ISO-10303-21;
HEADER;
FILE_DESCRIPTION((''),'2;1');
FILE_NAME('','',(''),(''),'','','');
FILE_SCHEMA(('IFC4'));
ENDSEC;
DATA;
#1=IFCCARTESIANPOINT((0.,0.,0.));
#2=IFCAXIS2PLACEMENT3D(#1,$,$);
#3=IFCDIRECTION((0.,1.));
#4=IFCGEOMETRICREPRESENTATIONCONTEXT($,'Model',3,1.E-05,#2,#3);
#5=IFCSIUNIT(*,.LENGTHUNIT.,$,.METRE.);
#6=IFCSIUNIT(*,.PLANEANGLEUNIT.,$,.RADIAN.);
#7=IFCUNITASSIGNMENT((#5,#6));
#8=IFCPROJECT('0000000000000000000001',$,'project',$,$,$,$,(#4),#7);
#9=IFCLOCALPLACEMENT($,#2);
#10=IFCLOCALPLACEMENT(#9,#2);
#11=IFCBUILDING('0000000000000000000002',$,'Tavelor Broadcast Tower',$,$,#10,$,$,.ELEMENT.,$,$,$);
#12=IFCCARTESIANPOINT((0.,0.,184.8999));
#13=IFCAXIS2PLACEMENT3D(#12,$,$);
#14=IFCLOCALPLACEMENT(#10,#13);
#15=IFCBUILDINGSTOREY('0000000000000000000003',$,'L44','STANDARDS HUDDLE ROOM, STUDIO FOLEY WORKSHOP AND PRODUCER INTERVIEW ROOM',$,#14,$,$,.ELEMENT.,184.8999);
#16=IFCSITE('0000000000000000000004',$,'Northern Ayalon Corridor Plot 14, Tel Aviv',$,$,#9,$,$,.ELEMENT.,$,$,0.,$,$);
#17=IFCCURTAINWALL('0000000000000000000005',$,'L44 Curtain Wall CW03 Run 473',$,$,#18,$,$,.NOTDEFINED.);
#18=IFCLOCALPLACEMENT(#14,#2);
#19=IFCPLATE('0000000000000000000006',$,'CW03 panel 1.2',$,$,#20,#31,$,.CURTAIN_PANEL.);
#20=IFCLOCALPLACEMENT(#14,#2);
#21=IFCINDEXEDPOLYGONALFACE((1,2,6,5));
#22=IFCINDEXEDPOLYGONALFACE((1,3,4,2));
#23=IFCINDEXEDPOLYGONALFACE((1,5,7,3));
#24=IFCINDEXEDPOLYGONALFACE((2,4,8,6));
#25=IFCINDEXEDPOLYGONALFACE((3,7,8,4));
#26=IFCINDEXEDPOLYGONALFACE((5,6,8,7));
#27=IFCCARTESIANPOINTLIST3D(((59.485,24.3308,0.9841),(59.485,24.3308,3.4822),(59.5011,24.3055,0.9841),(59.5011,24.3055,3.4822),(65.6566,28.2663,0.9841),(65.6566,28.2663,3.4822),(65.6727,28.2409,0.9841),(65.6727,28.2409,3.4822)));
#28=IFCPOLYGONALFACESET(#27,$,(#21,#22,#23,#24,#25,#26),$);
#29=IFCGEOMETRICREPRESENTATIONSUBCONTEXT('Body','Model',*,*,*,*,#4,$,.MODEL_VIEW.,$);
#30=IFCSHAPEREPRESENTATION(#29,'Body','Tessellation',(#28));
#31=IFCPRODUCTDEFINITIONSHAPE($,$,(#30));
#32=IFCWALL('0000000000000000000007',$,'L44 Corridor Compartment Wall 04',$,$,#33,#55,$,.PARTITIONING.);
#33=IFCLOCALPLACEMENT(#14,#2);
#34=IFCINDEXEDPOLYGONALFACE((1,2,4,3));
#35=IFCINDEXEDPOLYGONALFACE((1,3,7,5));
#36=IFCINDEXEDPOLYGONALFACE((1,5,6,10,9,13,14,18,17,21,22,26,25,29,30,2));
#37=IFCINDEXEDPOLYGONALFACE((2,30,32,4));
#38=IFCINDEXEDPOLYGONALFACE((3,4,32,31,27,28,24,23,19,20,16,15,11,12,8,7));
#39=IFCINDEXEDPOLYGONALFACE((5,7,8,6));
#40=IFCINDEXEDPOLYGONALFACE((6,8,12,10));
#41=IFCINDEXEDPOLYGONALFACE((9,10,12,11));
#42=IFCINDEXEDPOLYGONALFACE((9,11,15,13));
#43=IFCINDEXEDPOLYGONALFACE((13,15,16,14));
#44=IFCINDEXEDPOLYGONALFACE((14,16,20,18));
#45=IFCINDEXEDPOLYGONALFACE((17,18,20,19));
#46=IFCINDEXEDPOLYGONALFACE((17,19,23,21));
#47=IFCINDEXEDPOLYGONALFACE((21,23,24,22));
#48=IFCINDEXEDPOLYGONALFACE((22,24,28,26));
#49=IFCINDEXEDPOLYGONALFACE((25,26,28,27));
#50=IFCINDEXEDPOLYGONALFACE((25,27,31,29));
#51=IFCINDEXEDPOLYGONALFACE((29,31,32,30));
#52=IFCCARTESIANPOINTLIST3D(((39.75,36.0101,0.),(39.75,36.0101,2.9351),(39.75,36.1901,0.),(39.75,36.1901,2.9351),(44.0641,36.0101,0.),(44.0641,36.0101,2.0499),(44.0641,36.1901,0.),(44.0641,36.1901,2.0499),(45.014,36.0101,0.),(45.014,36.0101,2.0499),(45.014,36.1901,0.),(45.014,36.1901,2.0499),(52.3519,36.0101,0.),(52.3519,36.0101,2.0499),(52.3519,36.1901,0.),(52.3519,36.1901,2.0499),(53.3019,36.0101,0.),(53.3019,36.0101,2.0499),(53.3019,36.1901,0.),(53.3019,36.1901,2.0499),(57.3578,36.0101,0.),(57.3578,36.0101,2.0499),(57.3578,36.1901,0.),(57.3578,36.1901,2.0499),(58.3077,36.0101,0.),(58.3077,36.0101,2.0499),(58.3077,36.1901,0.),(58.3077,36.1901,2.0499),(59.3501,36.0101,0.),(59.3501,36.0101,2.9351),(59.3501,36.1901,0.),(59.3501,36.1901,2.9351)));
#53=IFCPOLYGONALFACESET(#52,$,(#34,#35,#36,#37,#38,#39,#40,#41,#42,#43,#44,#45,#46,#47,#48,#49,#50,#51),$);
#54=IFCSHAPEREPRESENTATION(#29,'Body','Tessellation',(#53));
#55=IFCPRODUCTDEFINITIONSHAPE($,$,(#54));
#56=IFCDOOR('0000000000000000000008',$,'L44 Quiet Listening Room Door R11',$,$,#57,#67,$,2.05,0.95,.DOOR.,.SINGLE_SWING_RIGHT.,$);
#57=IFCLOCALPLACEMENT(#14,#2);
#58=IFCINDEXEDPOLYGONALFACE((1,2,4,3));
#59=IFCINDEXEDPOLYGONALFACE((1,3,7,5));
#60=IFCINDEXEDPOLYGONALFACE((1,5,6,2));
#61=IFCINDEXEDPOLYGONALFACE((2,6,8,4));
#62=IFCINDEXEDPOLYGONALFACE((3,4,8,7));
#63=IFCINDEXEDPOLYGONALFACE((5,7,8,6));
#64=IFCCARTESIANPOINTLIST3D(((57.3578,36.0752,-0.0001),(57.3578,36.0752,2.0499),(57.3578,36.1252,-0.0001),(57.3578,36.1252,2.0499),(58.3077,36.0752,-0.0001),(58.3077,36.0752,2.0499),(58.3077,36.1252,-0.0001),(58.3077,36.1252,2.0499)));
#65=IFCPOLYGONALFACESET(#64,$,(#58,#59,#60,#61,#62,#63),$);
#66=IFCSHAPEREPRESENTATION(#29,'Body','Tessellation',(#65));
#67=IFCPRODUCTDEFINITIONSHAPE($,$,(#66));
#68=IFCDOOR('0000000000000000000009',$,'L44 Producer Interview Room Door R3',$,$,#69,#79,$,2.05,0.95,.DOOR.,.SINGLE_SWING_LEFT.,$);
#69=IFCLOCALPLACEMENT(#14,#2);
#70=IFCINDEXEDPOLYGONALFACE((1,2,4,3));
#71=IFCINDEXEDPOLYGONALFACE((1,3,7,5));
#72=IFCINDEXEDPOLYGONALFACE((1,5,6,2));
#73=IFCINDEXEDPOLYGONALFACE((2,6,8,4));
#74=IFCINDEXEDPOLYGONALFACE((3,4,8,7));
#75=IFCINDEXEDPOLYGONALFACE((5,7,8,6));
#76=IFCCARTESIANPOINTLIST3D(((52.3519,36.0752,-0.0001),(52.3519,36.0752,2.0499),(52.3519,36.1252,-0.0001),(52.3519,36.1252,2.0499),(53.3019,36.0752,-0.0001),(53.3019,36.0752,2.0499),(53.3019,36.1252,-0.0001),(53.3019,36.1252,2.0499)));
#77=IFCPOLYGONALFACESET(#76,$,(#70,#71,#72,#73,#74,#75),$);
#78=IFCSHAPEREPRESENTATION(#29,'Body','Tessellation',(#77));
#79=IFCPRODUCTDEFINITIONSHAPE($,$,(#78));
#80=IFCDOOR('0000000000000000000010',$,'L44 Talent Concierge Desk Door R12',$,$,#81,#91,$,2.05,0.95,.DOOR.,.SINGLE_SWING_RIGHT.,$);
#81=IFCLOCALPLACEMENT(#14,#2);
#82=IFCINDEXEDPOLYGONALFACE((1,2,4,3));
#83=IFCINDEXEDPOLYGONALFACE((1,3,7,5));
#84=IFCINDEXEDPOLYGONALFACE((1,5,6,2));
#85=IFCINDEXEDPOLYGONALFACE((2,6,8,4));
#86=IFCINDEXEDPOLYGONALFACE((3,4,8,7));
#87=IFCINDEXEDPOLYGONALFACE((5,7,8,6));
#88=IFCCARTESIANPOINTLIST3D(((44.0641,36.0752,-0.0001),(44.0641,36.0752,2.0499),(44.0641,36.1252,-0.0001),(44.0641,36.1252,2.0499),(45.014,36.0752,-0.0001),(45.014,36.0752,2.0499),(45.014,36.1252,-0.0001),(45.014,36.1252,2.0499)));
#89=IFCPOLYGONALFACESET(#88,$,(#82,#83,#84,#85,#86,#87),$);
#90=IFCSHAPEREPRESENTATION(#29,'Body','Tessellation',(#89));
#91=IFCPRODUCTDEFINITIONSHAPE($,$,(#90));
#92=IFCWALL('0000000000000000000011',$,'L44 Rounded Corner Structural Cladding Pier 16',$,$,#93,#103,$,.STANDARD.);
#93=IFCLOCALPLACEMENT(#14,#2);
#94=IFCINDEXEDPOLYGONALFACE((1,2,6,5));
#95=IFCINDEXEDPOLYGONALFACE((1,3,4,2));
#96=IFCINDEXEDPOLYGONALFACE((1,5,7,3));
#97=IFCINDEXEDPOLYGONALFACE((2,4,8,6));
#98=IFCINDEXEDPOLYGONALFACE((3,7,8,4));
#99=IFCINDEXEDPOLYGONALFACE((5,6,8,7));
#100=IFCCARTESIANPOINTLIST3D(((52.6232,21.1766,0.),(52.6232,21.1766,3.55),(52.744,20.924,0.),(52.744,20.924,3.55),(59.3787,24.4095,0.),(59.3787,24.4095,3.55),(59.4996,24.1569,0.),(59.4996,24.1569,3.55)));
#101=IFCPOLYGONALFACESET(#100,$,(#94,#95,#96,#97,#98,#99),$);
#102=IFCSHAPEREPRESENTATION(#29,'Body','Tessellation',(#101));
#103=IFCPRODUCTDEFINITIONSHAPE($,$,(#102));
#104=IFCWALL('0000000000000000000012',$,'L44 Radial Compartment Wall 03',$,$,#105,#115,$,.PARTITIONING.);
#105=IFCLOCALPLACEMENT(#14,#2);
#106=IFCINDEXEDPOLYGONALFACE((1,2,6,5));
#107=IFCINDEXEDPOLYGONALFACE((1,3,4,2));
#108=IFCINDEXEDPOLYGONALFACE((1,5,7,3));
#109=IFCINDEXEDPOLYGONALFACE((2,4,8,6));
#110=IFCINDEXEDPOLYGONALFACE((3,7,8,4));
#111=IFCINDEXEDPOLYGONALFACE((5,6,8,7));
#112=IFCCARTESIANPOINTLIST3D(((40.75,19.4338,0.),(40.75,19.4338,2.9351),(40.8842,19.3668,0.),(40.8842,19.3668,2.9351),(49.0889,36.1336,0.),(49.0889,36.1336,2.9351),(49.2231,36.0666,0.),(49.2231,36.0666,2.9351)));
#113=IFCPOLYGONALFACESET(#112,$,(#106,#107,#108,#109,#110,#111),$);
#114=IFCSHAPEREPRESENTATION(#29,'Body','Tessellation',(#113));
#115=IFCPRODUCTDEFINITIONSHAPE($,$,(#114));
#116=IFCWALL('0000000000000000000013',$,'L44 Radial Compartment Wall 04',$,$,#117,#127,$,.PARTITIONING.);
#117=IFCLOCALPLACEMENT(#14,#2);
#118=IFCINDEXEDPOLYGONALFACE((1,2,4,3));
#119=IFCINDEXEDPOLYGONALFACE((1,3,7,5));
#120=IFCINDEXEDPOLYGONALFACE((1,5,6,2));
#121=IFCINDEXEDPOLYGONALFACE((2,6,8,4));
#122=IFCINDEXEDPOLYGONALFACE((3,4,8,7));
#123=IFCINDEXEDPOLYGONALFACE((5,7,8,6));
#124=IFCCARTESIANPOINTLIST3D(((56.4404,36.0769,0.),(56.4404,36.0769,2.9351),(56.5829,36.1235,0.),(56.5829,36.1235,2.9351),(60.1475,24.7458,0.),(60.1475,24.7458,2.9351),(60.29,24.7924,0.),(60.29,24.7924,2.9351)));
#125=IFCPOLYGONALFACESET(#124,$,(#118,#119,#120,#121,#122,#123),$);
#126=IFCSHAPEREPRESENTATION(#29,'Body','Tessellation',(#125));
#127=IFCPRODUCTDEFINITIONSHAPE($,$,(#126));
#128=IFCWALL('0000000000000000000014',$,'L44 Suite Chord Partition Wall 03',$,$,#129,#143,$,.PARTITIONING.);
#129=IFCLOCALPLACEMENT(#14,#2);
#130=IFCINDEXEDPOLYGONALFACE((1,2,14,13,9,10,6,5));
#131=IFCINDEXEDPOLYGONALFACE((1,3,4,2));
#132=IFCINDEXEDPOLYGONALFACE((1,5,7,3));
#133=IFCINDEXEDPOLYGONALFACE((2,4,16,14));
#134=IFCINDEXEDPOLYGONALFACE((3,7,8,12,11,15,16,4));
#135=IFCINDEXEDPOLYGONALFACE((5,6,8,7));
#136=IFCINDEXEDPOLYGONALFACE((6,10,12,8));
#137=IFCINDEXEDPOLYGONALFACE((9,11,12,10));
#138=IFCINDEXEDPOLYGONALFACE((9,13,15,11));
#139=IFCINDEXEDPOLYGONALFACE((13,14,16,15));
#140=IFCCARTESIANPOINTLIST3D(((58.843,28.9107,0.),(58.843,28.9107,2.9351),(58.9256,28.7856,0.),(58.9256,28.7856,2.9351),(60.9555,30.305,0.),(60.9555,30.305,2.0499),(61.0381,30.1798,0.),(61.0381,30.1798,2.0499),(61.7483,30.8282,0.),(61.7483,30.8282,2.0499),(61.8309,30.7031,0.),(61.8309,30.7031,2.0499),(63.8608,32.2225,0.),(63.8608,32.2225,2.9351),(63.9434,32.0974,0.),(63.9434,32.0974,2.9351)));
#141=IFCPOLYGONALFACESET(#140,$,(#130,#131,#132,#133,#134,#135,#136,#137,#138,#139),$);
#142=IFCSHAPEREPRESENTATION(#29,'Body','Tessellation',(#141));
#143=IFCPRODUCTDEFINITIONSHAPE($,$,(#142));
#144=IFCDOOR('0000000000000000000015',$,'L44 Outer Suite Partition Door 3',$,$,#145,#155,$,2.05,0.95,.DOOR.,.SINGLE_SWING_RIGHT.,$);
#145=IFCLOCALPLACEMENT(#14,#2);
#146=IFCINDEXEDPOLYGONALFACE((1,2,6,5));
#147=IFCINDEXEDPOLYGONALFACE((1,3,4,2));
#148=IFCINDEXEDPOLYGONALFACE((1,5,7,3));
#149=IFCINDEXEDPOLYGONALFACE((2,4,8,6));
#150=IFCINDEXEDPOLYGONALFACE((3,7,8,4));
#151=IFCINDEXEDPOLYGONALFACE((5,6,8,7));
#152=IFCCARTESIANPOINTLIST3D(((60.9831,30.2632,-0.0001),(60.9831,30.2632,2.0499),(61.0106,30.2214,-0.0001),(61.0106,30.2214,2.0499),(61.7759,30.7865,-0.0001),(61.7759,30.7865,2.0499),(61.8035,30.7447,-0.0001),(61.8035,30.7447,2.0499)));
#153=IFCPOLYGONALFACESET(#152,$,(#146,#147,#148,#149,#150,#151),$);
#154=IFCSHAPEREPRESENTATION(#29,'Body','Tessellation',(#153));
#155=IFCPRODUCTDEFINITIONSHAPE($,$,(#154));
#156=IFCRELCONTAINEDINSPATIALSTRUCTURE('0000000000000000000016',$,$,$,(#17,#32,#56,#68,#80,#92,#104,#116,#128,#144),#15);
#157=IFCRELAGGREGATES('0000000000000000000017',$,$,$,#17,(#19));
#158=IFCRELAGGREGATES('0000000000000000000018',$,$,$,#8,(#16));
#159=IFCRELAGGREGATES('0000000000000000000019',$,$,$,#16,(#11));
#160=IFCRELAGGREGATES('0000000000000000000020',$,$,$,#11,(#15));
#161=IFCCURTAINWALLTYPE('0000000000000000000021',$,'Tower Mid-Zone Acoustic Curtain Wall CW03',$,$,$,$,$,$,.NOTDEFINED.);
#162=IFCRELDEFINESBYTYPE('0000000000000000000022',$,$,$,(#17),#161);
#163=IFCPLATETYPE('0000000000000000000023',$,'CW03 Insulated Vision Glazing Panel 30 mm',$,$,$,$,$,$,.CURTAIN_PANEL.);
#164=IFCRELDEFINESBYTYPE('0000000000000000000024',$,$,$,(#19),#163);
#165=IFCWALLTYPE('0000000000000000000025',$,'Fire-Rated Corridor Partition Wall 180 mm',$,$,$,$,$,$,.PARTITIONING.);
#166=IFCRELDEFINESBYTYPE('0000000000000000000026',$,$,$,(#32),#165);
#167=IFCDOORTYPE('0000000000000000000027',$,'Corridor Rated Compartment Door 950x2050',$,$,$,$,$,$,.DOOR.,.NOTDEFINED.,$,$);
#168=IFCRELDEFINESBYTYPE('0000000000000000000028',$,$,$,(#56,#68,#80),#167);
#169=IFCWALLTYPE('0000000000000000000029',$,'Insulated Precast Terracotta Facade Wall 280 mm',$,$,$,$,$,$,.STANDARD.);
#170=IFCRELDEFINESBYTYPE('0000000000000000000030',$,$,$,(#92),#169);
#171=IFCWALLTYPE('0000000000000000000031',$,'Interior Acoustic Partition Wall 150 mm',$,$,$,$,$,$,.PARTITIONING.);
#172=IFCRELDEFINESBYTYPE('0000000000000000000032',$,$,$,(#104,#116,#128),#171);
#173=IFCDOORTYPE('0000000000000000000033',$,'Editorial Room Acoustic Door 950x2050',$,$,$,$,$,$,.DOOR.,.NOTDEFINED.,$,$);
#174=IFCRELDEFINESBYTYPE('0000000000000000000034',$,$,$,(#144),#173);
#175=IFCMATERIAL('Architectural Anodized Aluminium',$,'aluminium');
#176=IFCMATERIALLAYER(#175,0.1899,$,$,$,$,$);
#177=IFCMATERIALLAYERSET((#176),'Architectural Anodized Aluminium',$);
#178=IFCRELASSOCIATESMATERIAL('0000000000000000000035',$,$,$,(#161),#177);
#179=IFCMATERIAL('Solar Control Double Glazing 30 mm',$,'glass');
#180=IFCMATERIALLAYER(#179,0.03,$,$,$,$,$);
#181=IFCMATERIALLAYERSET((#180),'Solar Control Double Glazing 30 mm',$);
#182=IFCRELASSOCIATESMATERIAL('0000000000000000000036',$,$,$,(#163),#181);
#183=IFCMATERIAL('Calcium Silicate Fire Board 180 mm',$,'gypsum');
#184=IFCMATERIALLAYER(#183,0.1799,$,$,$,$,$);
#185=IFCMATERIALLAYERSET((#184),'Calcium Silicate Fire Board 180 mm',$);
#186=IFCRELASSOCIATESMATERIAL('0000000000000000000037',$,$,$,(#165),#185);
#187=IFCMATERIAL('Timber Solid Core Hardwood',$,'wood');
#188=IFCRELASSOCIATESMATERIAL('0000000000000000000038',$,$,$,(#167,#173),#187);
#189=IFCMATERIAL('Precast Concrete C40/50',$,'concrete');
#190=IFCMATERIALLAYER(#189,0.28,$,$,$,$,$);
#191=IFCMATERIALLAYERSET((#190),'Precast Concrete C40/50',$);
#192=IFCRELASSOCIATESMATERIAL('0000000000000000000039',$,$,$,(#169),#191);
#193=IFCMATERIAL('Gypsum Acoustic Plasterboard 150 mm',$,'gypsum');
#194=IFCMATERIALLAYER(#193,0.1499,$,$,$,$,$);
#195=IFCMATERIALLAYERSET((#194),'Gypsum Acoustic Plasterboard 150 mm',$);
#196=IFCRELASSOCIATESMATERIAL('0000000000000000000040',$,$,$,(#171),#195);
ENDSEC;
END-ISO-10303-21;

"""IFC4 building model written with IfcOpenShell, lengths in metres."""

from ifc_helpers import new_model, si_unit, direction, frame, frame_2d, origin, origin_2d, place, context, subcontext, project, spatial, rectangle, extrude, source, transform, mapped, material, layer, layer_set, type_object, element, fill, aggregate, save


model = new_model("IFC4")

# Units and contexts
model_context = context("Model", 3, precision=1e-05, world=origin(), true_north=direction((0.0, 1.0)))
body_context = subcontext(model_context, "Body", "Model", "MODEL_VIEW")
ifc_project = project(units=[si_unit("LENGTHUNIT", "METRE"), si_unit("PLANEANGLEUNIT", "RADIAN")], contexts=[model_context])

# Site, building, storey
site_placement = place(None, origin())
site = spatial("IfcSite", under=ifc_project, at=site_placement, Name="Northern Ayalon Corridor Plot 14, Tel Aviv", CompositionType="ELEMENT", RefElevation=0.0)
building_placement = place(site_placement, origin())
building = spatial("IfcBuilding", under=site, at=building_placement, Name="Tavelor Broadcast Tower", CompositionType="ELEMENT")
storey_placement = place(building_placement, frame((0.0, 0.0, 184.8999)))
storey = spatial("IfcBuildingStorey", under=building, at=storey_placement, Name="L44", Description="STANDARDS HUDDLE ROOM, STUDIO FOLEY WORKSHOP AND PRODUCER INTERVIEW ROOM", CompositionType="ELEMENT", Elevation=184.8999)

# Curtain wall
ifc_material_1 = material(Name="Architectural Anodized Aluminium", Category="aluminium")
ifc_layer_1 = layer(ifc_material_1, 0.1899)
ifc_layer_set_1 = layer_set([ifc_layer_1], Name="Architectural Anodized Aluminium")
curtain_wall_type = type_object("IfcCurtainWallType", Name="Tower Mid-Zone Acoustic Curtain Wall CW03", PredefinedType="NOTDEFINED", material=ifc_layer_set_1)
curtain_wall_placement = place(storey_placement, origin())
curtain_wall = element("IfcCurtainWall", 1, at=curtain_wall_placement, inside=storey, type_object=curtain_wall_type, Name="L44 Curtain Wall CW03 Run 473", PredefinedType="NOTDEFINED")

# Plate
ifc_material_2 = material(Name="Solar Control Double Glazing 30 mm", Category="glass")
ifc_layer_2 = layer(ifc_material_2, 0.03)
ifc_layer_set_2 = layer_set([ifc_layer_2], Name="Solar Control Double Glazing 30 mm")
plate_type_1 = type_object("IfcPlateType", Name="CW03 Insulated Vision Glazing Panel 30 mm", PredefinedType="CURTAIN_PANEL", material=ifc_layer_set_2)
shared_shape_1 = source(origin(), body_context, "Body", "SweptSolid", [
    extrude(rectangle(XDim=7.3196, YDim=0.03, at=origin_2d()), origin(), (0.0, 0.0, 1.0), 2.498),
])
plate_1_placement = place(storey_placement, frame((62.5789, 26.2859, 0.9841), z_axis=(0.0, 0.0, 1.0), x_axis=(0.843164, 0.537657, 0.0)))
plate_1 = element("IfcPlate", 2, at=plate_1_placement, type_object=plate_type_1, Name="CW03 panel 1.2", PredefinedType="CURTAIN_PANEL", context=body_context, shape_type="MappedRepresentation", body=[
    mapped(shared_shape_1, transform((0.0, 0.0, 0.0), scale=1.0)),
])
aggregate(curtain_wall, [plate_1])

# Wall, openings, doors
ifc_material_3 = material(Name="Calcium Silicate Fire Board 180 mm", Category="gypsum")
ifc_layer_3 = layer(ifc_material_3, 0.1799)
ifc_layer_set_3 = layer_set([ifc_layer_3], Name="Calcium Silicate Fire Board 180 mm")
wall_type_1 = type_object("IfcWallType", Name="Fire-Rated Corridor Partition Wall 180 mm", PredefinedType="PARTITIONING", material=ifc_layer_set_3)
wall_1_placement = place(storey_placement, frame((59.3501, 36.1001, 0.0), z_axis=(0.0, 0.0, 1.0), x_axis=(-1.0, 0.0, 0.0)))
wall_1 = element("IfcWall", 3, at=wall_1_placement, inside=storey, type_object=wall_type_1, Name="L44 Corridor Compartment Wall 04", PredefinedType="PARTITIONING", context=body_context, shape_type="SweptSolid", body=[
    extrude(rectangle(XDim=19.6001, YDim=0.1799, at=frame_2d((9.8, 0.0))), origin(), (0.0, 0.0, 1.0), 2.9351),
])
opening_1_placement = place(wall_1_placement, frame((1.0422, 0.0, 0.0)))
opening_1 = element("IfcOpeningElement", 4, at=opening_1_placement, cuts=wall_1, PredefinedType="OPENING", context=body_context, shape_type="SweptSolid", body=[
    extrude(rectangle(XDim=0.95, YDim=2.05, at=frame_2d((0.4751, 1.0249))), frame((0.0, 0.1001, 0.0), z_axis=(0.0, -1.0, 0.0), x_axis=(1.0, 0.0, 0.0)), (0.0, 0.0, 1.0), 0.2),
])
opening_2_placement = place(wall_1_placement, frame((6.0481, 0.0, 0.0)))
opening_2 = element("IfcOpeningElement", 5, at=opening_2_placement, cuts=wall_1, PredefinedType="OPENING", context=body_context, shape_type="SweptSolid", body=[
    extrude(rectangle(XDim=0.95, YDim=2.05, at=frame_2d((0.4751, 1.0249))), frame((0.0, 0.1001, 0.0), z_axis=(0.0, -1.0, 0.0), x_axis=(1.0, 0.0, 0.0)), (0.0, 0.0, 1.0), 0.2),
])
opening_3_placement = place(wall_1_placement, frame((14.3359, 0.0, 0.0)))
opening_3 = element("IfcOpeningElement", 6, at=opening_3_placement, cuts=wall_1, PredefinedType="OPENING", context=body_context, shape_type="SweptSolid", body=[
    extrude(rectangle(XDim=0.95, YDim=2.05, at=frame_2d((0.4751, 1.0249))), frame((0.0, 0.1001, 0.0), z_axis=(0.0, -1.0, 0.0), x_axis=(1.0, 0.0, 0.0)), (0.0, 0.0, 1.0), 0.2),
])
ifc_material_4 = material(Name="Timber Solid Core Hardwood", Category="wood")
door_type_1 = type_object("IfcDoorType", Name="Corridor Rated Compartment Door 950x2050", OperationType="NOTDEFINED", PredefinedType="DOOR", material=ifc_material_4)
door_1_placement = place(opening_1_placement, origin())
door_1 = element("IfcDoor", 7, at=door_1_placement, inside=storey, type_object=door_type_1, Name="L44 Quiet Listening Room Door R11", OperationType="SINGLE_SWING_RIGHT", OverallHeight=2.05, OverallWidth=0.95, PredefinedType="DOOR", context=body_context, shape_type="SweptSolid", body=[
    extrude(rectangle(XDim=0.95, YDim=2.05, at=frame_2d((0.4751, 1.0249))), frame((0.0, 0.0249, 0.0), z_axis=(0.0, -1.0, 0.0), x_axis=(1.0, 0.0, 0.0)), (0.0, 0.0, 1.0), 0.05),
])
fill(opening_1, door_1)
door_2_placement = place(opening_2_placement, origin())
door_2 = element("IfcDoor", 8, at=door_2_placement, inside=storey, type_object=door_type_1, Name="L44 Producer Interview Room Door R3", OperationType="SINGLE_SWING_LEFT", OverallHeight=2.05, OverallWidth=0.95, PredefinedType="DOOR", context=body_context, shape_type="SweptSolid", body=[
    extrude(rectangle(XDim=0.95, YDim=2.05, at=frame_2d((0.4751, 1.0249))), frame((0.0, 0.0249, 0.0), z_axis=(0.0, -1.0, 0.0), x_axis=(1.0, 0.0, 0.0)), (0.0, 0.0, 1.0), 0.05),
])
fill(opening_2, door_2)
door_3_placement = place(opening_3_placement, origin())
door_3 = element("IfcDoor", 9, at=door_3_placement, inside=storey, type_object=door_type_1, Name="L44 Talent Concierge Desk Door R12", OperationType="SINGLE_SWING_RIGHT", OverallHeight=2.05, OverallWidth=0.95, PredefinedType="DOOR", context=body_context, shape_type="SweptSolid", body=[
    extrude(rectangle(XDim=0.95, YDim=2.05, at=frame_2d((0.4751, 1.0249))), frame((0.0, 0.0249, 0.0), z_axis=(0.0, -1.0, 0.0), x_axis=(1.0, 0.0, 0.0)), (0.0, 0.0, 1.0), 0.05),
])
fill(opening_3, door_3)

# Walls
ifc_material_5 = material(Name="Precast Concrete C40/50", Category="concrete")
ifc_layer_4 = layer(ifc_material_5, 0.28)
ifc_layer_set_4 = layer_set([ifc_layer_4], Name="Precast Concrete C40/50")
wall_type_2 = type_object("IfcWallType", Name="Insulated Precast Terracotta Facade Wall 280 mm", PredefinedType="STANDARD", material=ifc_layer_set_4)
wall_2_placement = place(storey_placement, frame((52.6836, 21.0503, 0.0), z_axis=(0.0, 0.0, 1.0), x_axis=(0.902032, 0.431669, 0.0)))
element("IfcWall", 10, at=wall_2_placement, inside=storey, type_object=wall_type_2, Name="L44 Rounded Corner Structural Cladding Pier 16", PredefinedType="STANDARD", context=body_context, shape_type="SweptSolid", body=[
    extrude(rectangle(XDim=7.4893, YDim=0.28, at=frame_2d((3.7446, 0.0))), origin(), (0.0, 0.0, 1.0), 3.55),
])
ifc_material_6 = material(Name="Gypsum Acoustic Plasterboard 150 mm", Category="gypsum")
ifc_layer_5 = layer(ifc_material_6, 0.1499)
ifc_layer_set_5 = layer_set([ifc_layer_5], Name="Gypsum Acoustic Plasterboard 150 mm")
wall_type_3 = type_object("IfcWallType", Name="Interior Acoustic Partition Wall 150 mm", PredefinedType="PARTITIONING", material=ifc_layer_set_5)
wall_3_placement = place(storey_placement, frame((49.156, 36.1001, 0.0), z_axis=(0.0, 0.0, 1.0), x_axis=(-0.446743, -0.894662, 0.0)))
element("IfcWall", 11, at=wall_3_placement, inside=storey, type_object=wall_type_3, Name="L44 Radial Compartment Wall 03", PredefinedType="PARTITIONING", context=body_context, shape_type="SweptSolid", body=[
    extrude(rectangle(XDim=18.666, YDim=0.1499, at=frame_2d((9.333, 0.0))), origin(), (0.0, 0.0, 1.0), 2.9351),
])
wall_4_placement = place(storey_placement, frame((56.5117, 36.1001, 0.0), z_axis=(0.0, 0.0, 1.0), x_axis=(0.31094, -0.95043, 0.0)))
element("IfcWall", 12, at=wall_4_placement, inside=storey, type_object=wall_type_3, Name="L44 Radial Compartment Wall 04", PredefinedType="PARTITIONING", context=body_context, shape_type="SweptSolid", body=[
    extrude(rectangle(XDim=11.9221, YDim=0.1499, at=frame_2d((5.9609, 0.0))), origin(), (0.0, 0.0, 1.0), 2.9351),
])

# Wall, opening, door
wall_5_placement = place(storey_placement, frame((58.8843, 28.8481, 0.0), z_axis=(0.0, 0.0, 1.0), x_axis=(0.834609, 0.550843, 0.0)))
wall_5 = element("IfcWall", 13, at=wall_5_placement, inside=storey, type_object=wall_type_3, Name="L44 Suite Chord Partition Wall 03", PredefinedType="PARTITIONING", context=body_context, shape_type="SweptSolid", body=[
    extrude(rectangle(XDim=6.0122, YDim=0.1499, at=frame_2d((3.0061, 0.0))), origin(), (0.0, 0.0, 1.0), 2.9351),
])
opening_4_placement = place(wall_5_placement, frame((2.531, 0.0, 0.0)))
opening_4 = element("IfcOpeningElement", 14, at=opening_4_placement, cuts=wall_5, PredefinedType="OPENING", context=body_context, shape_type="SweptSolid", body=[
    extrude(rectangle(XDim=0.95, YDim=2.05, at=frame_2d((0.4751, 1.0249))), frame((0.0, 0.085, 0.0), z_axis=(0.0, -1.0, 0.0), x_axis=(1.0, 0.0, 0.0)), (0.0, 0.0, 1.0), 0.1699),
])
door_type_2 = type_object("IfcDoorType", Name="Editorial Room Acoustic Door 950x2050", OperationType="NOTDEFINED", PredefinedType="DOOR", material=ifc_material_4)
door_4_placement = place(opening_4_placement, origin())
door_4 = element("IfcDoor", 15, at=door_4_placement, inside=storey, type_object=door_type_2, Name="L44 Outer Suite Partition Door 3", OperationType="SINGLE_SWING_RIGHT", OverallHeight=2.05, OverallWidth=0.95, PredefinedType="DOOR", context=body_context, shape_type="SweptSolid", body=[
    extrude(rectangle(XDim=0.95, YDim=2.05, at=frame_2d((0.4751, 1.0249))), frame((0.0, 0.0249, 0.0), z_axis=(0.0, -1.0, 0.0), x_axis=(1.0, 0.0, 0.0)), (0.0, 0.0, 1.0), 0.05),
])
fill(opening_4, door_4)

save(model, "model.ifc")
